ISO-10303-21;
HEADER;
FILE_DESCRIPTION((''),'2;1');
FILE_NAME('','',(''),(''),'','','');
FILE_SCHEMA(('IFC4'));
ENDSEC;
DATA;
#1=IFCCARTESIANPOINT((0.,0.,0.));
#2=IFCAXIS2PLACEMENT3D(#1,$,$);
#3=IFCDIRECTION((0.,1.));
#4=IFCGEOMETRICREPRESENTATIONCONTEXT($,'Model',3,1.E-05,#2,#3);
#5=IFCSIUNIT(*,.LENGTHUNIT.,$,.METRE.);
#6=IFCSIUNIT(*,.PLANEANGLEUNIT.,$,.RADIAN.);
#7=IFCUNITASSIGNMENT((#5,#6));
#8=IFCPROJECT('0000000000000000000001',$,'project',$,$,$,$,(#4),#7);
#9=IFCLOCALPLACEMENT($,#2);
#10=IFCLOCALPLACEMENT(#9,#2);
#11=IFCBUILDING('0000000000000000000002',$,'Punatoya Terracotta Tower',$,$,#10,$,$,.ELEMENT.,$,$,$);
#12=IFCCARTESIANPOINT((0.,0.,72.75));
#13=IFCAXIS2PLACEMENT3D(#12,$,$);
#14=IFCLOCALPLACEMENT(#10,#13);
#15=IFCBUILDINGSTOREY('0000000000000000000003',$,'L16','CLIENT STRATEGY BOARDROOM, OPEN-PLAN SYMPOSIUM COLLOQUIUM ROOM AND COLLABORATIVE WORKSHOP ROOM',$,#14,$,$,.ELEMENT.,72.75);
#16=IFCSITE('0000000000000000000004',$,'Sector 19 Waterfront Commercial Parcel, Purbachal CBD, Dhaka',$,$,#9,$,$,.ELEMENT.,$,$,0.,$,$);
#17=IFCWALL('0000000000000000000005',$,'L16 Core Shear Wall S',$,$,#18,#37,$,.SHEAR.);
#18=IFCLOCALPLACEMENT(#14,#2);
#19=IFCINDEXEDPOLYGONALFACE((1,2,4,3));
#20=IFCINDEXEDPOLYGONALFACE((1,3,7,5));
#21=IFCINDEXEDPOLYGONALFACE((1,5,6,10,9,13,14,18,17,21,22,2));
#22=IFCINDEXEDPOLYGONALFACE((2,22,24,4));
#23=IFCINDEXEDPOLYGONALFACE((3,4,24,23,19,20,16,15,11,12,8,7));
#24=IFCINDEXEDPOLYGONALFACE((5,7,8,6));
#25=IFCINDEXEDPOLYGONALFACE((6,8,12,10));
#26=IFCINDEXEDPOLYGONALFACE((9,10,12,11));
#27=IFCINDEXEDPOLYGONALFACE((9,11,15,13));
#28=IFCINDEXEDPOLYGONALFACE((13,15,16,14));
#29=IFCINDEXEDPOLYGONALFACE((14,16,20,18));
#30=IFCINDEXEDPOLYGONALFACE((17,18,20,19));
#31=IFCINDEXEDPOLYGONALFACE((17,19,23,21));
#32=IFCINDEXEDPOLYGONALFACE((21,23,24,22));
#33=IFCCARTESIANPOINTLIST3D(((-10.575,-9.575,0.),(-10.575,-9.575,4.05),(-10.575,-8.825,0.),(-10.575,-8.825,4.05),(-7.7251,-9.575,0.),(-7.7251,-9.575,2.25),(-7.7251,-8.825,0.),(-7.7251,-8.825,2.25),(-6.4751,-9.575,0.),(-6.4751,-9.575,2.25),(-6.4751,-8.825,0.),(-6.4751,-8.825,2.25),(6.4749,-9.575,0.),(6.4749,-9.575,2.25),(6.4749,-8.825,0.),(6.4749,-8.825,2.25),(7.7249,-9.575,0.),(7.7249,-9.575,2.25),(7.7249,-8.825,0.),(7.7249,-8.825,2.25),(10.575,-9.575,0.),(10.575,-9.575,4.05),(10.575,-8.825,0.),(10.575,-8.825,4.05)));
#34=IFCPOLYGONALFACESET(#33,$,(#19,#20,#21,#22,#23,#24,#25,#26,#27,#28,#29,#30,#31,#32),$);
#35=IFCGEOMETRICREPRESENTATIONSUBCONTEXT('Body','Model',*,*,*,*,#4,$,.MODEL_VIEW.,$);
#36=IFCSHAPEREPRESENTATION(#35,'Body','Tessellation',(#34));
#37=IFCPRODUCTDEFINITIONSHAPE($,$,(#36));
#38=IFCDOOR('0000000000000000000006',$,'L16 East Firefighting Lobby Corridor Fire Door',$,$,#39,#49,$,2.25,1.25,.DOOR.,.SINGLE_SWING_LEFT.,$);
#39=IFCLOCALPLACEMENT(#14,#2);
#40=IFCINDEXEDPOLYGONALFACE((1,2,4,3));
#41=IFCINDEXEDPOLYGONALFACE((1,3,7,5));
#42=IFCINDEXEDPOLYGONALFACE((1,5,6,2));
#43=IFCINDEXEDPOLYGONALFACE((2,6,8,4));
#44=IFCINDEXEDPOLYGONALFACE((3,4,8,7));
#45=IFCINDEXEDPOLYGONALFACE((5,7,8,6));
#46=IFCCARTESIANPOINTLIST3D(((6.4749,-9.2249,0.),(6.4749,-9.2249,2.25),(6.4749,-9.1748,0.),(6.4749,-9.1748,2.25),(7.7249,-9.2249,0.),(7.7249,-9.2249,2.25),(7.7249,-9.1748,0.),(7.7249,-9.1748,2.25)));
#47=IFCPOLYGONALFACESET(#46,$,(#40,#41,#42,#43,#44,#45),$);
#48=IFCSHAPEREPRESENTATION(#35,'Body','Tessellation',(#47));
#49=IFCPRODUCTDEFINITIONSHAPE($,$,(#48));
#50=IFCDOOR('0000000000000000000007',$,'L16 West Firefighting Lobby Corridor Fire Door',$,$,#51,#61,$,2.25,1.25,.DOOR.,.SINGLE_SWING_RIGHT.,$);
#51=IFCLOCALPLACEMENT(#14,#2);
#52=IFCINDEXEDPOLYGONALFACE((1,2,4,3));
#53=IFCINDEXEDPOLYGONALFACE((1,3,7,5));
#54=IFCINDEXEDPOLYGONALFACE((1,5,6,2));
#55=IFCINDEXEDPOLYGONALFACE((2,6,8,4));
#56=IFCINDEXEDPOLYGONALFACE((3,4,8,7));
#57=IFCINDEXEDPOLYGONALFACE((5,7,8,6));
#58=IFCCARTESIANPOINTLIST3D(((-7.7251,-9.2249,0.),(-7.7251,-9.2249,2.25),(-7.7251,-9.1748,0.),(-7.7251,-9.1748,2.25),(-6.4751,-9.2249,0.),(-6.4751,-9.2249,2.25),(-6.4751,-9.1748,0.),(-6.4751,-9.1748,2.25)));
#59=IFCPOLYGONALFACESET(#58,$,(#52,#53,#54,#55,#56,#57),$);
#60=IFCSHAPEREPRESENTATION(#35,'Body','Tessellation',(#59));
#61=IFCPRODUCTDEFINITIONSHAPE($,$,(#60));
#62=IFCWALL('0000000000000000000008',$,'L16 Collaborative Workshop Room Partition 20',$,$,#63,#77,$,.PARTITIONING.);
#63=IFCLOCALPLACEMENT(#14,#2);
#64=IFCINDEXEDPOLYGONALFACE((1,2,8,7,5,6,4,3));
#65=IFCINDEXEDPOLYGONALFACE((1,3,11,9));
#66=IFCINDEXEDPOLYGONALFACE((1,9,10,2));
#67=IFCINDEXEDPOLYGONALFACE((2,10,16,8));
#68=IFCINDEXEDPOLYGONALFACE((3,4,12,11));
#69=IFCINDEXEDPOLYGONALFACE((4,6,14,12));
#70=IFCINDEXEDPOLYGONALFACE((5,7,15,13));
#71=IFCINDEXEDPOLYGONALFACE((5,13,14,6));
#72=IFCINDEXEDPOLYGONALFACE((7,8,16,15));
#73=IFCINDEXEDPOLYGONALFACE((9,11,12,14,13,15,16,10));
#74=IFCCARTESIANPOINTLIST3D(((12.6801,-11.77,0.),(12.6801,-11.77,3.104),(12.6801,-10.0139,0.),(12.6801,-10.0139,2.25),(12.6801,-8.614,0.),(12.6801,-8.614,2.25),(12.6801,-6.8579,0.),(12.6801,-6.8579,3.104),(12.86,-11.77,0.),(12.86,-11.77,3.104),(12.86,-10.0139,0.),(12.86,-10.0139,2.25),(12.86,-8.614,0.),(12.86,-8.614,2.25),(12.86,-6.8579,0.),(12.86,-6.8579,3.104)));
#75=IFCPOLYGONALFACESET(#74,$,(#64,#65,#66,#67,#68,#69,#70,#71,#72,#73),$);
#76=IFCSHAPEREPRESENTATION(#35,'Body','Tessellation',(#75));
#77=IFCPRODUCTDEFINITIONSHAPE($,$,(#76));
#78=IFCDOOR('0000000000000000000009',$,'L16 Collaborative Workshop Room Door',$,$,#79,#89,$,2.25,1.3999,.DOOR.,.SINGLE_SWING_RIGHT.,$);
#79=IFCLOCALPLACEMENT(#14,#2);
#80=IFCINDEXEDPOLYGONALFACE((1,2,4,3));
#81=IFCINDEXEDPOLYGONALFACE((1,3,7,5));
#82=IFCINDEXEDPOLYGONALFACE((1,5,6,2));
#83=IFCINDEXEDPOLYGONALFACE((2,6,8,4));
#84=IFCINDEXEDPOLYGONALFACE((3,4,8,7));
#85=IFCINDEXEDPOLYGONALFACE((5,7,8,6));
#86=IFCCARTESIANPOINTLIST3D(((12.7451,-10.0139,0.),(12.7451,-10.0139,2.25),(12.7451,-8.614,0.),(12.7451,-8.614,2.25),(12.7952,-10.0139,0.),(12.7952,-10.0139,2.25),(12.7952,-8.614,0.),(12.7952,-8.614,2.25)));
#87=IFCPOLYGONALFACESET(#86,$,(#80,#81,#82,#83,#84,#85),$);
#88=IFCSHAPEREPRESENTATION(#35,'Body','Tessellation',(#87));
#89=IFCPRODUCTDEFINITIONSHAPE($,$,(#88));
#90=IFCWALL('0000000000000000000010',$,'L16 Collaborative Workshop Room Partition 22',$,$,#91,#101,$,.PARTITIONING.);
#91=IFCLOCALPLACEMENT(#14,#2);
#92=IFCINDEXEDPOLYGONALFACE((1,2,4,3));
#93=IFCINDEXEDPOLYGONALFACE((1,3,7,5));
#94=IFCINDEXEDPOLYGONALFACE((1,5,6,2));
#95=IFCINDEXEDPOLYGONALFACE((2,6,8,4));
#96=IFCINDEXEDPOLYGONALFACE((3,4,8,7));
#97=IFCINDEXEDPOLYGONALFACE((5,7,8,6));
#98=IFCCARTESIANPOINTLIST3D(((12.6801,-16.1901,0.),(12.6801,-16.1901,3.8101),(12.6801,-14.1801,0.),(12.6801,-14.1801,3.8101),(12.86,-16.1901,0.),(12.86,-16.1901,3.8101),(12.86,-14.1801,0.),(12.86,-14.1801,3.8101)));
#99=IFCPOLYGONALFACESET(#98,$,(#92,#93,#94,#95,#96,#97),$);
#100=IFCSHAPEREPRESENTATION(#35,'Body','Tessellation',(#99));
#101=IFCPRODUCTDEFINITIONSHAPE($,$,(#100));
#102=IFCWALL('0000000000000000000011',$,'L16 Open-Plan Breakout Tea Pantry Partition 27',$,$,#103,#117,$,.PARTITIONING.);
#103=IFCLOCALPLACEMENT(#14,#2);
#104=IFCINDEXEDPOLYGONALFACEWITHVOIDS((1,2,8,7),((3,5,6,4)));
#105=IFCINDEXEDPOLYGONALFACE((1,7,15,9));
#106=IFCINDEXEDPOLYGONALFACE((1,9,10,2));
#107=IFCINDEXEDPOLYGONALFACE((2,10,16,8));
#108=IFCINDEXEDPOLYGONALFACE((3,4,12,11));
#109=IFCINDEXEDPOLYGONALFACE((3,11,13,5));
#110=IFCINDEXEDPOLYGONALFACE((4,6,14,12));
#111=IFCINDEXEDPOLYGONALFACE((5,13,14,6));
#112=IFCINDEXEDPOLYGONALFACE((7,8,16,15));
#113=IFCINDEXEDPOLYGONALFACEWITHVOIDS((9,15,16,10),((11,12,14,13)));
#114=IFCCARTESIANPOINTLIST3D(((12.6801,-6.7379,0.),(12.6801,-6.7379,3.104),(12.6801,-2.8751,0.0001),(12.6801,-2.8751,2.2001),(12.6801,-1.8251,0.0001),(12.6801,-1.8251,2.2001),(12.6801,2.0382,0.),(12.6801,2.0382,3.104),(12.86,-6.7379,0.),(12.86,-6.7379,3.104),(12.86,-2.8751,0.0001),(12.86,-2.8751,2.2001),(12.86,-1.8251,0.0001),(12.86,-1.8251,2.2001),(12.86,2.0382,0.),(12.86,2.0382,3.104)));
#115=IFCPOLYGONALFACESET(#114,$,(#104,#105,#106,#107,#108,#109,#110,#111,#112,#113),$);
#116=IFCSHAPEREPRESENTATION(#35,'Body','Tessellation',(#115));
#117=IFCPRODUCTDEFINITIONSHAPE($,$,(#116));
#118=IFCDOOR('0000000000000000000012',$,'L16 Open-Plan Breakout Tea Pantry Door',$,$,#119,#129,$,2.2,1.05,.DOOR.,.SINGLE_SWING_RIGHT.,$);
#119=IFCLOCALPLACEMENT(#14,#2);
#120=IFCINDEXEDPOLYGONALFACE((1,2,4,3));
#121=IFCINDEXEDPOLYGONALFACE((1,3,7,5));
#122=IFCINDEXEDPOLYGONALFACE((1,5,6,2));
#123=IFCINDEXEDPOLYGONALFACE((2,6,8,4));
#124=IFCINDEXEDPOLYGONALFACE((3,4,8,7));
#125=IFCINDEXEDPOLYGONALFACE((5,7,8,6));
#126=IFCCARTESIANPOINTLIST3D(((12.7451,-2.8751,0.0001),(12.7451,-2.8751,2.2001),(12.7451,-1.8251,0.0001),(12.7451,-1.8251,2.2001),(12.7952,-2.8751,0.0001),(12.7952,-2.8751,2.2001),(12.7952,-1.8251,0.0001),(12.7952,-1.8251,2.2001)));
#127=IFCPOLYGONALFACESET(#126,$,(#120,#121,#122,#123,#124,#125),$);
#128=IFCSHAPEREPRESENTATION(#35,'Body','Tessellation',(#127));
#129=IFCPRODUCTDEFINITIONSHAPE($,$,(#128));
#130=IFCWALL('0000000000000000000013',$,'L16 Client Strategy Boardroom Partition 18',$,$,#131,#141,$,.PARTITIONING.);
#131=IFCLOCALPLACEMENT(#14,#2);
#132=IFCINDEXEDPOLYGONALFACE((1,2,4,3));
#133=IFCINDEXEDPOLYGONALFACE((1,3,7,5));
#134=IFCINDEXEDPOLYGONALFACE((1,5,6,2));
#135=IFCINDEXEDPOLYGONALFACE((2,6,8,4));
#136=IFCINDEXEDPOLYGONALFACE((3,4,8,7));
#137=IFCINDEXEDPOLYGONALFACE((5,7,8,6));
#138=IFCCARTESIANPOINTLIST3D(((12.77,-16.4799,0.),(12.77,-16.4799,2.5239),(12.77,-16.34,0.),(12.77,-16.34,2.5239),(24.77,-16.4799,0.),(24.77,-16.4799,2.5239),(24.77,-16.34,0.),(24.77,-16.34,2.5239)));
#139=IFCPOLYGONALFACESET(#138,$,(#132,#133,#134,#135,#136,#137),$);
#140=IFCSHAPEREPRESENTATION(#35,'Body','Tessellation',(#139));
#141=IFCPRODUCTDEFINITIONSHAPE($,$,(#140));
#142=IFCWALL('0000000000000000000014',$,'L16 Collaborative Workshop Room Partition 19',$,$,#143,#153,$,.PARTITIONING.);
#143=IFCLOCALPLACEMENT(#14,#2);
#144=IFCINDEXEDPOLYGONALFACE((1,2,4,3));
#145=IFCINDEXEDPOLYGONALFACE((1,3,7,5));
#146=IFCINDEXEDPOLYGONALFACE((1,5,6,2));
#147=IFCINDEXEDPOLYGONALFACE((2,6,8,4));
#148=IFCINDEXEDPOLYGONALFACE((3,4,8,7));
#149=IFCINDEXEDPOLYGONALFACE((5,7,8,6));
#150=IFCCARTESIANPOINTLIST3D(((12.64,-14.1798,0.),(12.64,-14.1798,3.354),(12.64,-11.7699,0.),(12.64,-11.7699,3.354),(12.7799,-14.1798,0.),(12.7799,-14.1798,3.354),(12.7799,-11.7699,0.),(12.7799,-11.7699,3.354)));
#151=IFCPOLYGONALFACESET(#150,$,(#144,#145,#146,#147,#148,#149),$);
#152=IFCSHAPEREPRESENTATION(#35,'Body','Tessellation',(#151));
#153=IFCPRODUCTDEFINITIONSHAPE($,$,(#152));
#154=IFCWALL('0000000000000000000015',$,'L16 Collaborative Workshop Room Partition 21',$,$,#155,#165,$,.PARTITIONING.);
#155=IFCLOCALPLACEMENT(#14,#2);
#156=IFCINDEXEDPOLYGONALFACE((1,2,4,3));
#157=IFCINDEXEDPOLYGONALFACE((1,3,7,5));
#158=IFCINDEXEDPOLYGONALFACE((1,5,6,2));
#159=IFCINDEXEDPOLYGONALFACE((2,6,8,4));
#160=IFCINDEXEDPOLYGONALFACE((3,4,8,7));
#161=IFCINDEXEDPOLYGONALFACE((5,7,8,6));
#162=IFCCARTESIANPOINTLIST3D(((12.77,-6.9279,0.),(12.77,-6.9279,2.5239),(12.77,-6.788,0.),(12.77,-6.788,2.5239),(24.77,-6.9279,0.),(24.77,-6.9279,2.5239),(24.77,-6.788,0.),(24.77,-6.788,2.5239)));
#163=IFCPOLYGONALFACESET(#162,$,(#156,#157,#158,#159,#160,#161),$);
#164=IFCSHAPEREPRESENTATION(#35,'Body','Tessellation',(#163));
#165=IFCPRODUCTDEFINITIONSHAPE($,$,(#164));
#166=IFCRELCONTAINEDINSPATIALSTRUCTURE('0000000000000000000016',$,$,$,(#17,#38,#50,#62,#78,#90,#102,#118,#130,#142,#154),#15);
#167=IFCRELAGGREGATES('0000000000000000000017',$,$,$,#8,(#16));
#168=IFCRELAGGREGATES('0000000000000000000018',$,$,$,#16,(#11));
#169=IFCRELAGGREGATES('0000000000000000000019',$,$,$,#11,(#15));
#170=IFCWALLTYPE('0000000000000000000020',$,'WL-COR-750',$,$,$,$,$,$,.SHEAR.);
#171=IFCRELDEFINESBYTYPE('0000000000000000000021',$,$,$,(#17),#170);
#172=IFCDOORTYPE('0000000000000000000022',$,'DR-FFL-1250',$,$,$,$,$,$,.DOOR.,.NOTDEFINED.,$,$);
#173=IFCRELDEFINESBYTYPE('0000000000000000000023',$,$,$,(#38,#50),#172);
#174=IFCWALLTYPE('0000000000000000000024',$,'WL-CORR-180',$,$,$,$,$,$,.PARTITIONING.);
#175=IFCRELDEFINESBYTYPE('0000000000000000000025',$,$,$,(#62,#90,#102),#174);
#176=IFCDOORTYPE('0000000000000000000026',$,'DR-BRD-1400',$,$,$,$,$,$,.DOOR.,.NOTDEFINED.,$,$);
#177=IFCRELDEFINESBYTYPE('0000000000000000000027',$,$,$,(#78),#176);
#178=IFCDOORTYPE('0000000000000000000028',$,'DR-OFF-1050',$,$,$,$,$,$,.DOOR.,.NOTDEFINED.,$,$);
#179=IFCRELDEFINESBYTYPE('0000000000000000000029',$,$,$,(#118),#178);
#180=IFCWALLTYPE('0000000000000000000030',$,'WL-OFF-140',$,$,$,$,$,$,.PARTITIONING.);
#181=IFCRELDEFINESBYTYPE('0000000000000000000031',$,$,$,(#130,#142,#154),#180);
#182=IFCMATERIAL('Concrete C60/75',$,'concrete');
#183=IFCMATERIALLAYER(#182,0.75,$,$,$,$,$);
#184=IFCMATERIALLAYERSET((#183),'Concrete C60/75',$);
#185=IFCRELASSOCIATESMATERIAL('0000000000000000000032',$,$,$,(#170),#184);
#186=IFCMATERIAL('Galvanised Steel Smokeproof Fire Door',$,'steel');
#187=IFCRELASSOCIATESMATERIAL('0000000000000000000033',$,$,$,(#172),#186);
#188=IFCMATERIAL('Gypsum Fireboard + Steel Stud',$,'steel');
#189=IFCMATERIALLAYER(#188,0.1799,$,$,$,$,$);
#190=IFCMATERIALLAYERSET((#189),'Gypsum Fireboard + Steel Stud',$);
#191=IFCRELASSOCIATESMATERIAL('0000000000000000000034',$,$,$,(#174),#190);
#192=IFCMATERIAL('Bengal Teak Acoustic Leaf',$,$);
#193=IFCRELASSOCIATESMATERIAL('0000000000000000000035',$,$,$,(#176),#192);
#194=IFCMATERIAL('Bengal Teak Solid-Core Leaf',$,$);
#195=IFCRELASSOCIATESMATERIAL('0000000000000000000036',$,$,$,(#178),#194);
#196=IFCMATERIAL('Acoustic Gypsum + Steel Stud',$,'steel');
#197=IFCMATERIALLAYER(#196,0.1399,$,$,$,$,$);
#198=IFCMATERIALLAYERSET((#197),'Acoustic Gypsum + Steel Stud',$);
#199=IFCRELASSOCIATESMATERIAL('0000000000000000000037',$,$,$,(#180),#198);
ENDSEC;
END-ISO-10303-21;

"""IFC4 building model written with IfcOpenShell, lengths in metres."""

from ifc_helpers import new_model, si_unit, direction, frame, frame_2d, origin, place, context, subcontext, project, spatial, rectangle, extrude, material, layer, layer_set, type_object, element, fill, save


model = new_model("IFC4")

# Units and contexts
model_context = context("Model", 3, precision=1e-05, world=origin(), true_north=direction((0.0, 1.0)))
body_context = subcontext(model_context, "Body", "Model", "MODEL_VIEW")
ifc_project = project(units=[si_unit("LENGTHUNIT", "METRE"), si_unit("PLANEANGLEUNIT", "RADIAN")], contexts=[model_context])

# Site, building, storey
site_placement = place(None, origin())
site = spatial("IfcSite", under=ifc_project, at=site_placement, Name="Sector 19 Waterfront Commercial Parcel, Purbachal CBD, Dhaka", CompositionType="ELEMENT", RefElevation=0.0)
building_placement = place(site_placement, origin())
building = spatial("IfcBuilding", under=site, at=building_placement, Name="Punatoya Terracotta Tower", CompositionType="ELEMENT")
storey_placement = place(building_placement, frame((0.0, 0.0, 72.75)))
storey = spatial("IfcBuildingStorey", under=building, at=storey_placement, Name="L16", Description="CLIENT STRATEGY BOARDROOM, OPEN-PLAN SYMPOSIUM COLLOQUIUM ROOM AND COLLABORATIVE WORKSHOP ROOM", CompositionType="ELEMENT", Elevation=72.75)

# Wall, openings, doors
ifc_material_1 = material(Name="Concrete C60/75", Category="concrete")
ifc_layer_1 = layer(ifc_material_1, 0.75)
ifc_layer_set_1 = layer_set([ifc_layer_1], Name="Concrete C60/75")
wall_type_1 = type_object("IfcWallType", Name="WL-COR-750", PredefinedType="SHEAR", material=ifc_layer_set_1)
wall_1_placement = place(storey_placement, frame((10.575, -9.2, 0.0), z_axis=(0.0, 0.0, 1.0), x_axis=(-1.0, 0.0, 0.0)))
wall_1 = element("IfcWall", 1, at=wall_1_placement, inside=storey, type_object=wall_type_1, Name="L16 Core Shear Wall S", PredefinedType="SHEAR", context=body_context, shape_type="SweptSolid", body=[
    extrude(rectangle(XDim=21.1499, YDim=0.75, at=frame_2d((10.575, 0.0))), origin(), (0.0, 0.0, 1.0), 4.05),
])
opening_1_placement = place(wall_1_placement, frame((2.8501, 0.0, 0.0)))
opening_1 = element("IfcOpeningElement", 2, at=opening_1_placement, cuts=wall_1, PredefinedType="OPENING", context=body_context, shape_type="SweptSolid", body=[
    extrude(rectangle(XDim=1.25, YDim=2.25, at=frame_2d((0.625, 1.125))), frame((0.0, 0.385, 0.0), z_axis=(0.0, -1.0, 0.0), x_axis=(1.0, 0.0, 0.0)), (0.0, 0.0, 1.0), 0.77),
])
opening_2_placement = place(wall_1_placement, frame((17.05, 0.0, 0.0)))
opening_2 = element("IfcOpeningElement", 3, at=opening_2_placement, cuts=wall_1, PredefinedType="OPENING", context=body_context, shape_type="SweptSolid", body=[
    extrude(rectangle(XDim=1.25, YDim=2.25, at=frame_2d((0.625, 1.125))), frame((0.0, 0.385, 0.0), z_axis=(0.0, -1.0, 0.0), x_axis=(1.0, 0.0, 0.0)), (0.0, 0.0, 1.0), 0.77),
])
ifc_material_2 = material(Name="Galvanised Steel Smokeproof Fire Door", Category="steel")
door_type_1 = type_object("IfcDoorType", Name="DR-FFL-1250", OperationType="NOTDEFINED", PredefinedType="DOOR", material=ifc_material_2)
door_1_placement = place(opening_1_placement, origin())
door_1 = element("IfcDoor", 4, at=door_1_placement, inside=storey, type_object=door_type_1, Name="L16 East Firefighting Lobby Corridor Fire Door", OperationType="SINGLE_SWING_LEFT", OverallHeight=2.25, OverallWidth=1.25, PredefinedType="DOOR", context=body_context, shape_type="SweptSolid", body=[
    extrude(rectangle(XDim=1.25, YDim=2.25, at=frame_2d((0.625, 1.125))), frame((0.0, 0.0249, 0.0), z_axis=(0.0, -1.0, 0.0), x_axis=(1.0, 0.0, 0.0)), (0.0, 0.0, 1.0), 0.05),
])
fill(opening_1, door_1)
door_2_placement = place(opening_2_placement, origin())
door_2 = element("IfcDoor", 5, at=door_2_placement, inside=storey, type_object=door_type_1, Name="L16 West Firefighting Lobby Corridor Fire Door", OperationType="SINGLE_SWING_RIGHT", OverallHeight=2.25, OverallWidth=1.25, PredefinedType="DOOR", context=body_context, shape_type="SweptSolid", body=[
    extrude(rectangle(XDim=1.25, YDim=2.25, at=frame_2d((0.625, 1.125))), frame((0.0, 0.0249, 0.0), z_axis=(0.0, -1.0, 0.0), x_axis=(1.0, 0.0, 0.0)), (0.0, 0.0, 1.0), 0.05),
])
fill(opening_2, door_2)

# Wall, opening, door
ifc_material_3 = material(Name="Gypsum Fireboard + Steel Stud", Category="steel")
ifc_layer_2 = layer(ifc_material_3, 0.1799)
ifc_layer_set_2 = layer_set([ifc_layer_2], Name="Gypsum Fireboard + Steel Stud")
wall_type_2 = type_object("IfcWallType", Name="WL-CORR-180", PredefinedType="PARTITIONING", material=ifc_layer_set_2)
wall_2_placement = place(storey_placement, frame((12.77, -11.77, 0.0), z_axis=(0.0, 0.0, 1.0), x_axis=(0.0, 1.0, 0.0)))
wall_2 = element("IfcWall", 6, at=wall_2_placement, inside=storey, type_object=wall_type_2, Name="L16 Collaborative Workshop Room Partition 20", PredefinedType="PARTITIONING", context=body_context, shape_type="SweptSolid", body=[
    extrude(rectangle(XDim=4.9121, YDim=0.1799, at=frame_2d((2.4561, 0.0))), origin(), (0.0, 0.0, 1.0), 3.104),
])
opening_3_placement = place(wall_2_placement, frame((1.7561, 0.0, 0.0)))
opening_3 = element("IfcOpeningElement", 7, at=opening_3_placement, cuts=wall_2, PredefinedType="OPENING", context=body_context, shape_type="SweptSolid", body=[
    extrude(rectangle(XDim=1.3999, YDim=2.25, at=frame_2d((0.7, 1.125))), frame((0.0, 0.0999, 0.0), z_axis=(0.0, -1.0, 0.0), x_axis=(1.0, 0.0, 0.0)), (0.0, 0.0, 1.0), 0.2),
])
ifc_material_4 = material(Name="Bengal Teak Acoustic Leaf")
door_type_2 = type_object("IfcDoorType", Name="DR-BRD-1400", OperationType="NOTDEFINED", PredefinedType="DOOR", material=ifc_material_4)
door_3_placement = place(opening_3_placement, origin())
door_3 = element("IfcDoor", 8, at=door_3_placement, inside=storey, type_object=door_type_2, Name="L16 Collaborative Workshop Room Door", OperationType="SINGLE_SWING_RIGHT", OverallHeight=2.25, OverallWidth=1.3999, PredefinedType="DOOR", context=body_context, shape_type="SweptSolid", body=[
    extrude(rectangle(XDim=1.3999, YDim=2.25, at=frame_2d((0.7, 1.125))), frame((0.0, 0.0249, 0.0), z_axis=(0.0, -1.0, 0.0), x_axis=(1.0, 0.0, 0.0)), (0.0, 0.0, 1.0), 0.05),
])
fill(opening_3, door_3)

# Wall
wall_3_placement = place(storey_placement, frame((12.77, -16.1899, 0.0), z_axis=(0.0, 0.0, 1.0), x_axis=(0.0, 1.0, 0.0)))
element("IfcWall", 9, at=wall_3_placement, inside=storey, type_object=wall_type_2, Name="L16 Collaborative Workshop Room Partition 22", PredefinedType="PARTITIONING", context=body_context, shape_type="SweptSolid", body=[
    extrude(rectangle(XDim=2.01, YDim=0.1799, at=frame_2d((1.0049, 0.0))), origin(), (0.0, 0.0, 1.0), 3.8101),
])

# Wall, opening, door
wall_4_placement = place(storey_placement, frame((12.77, -6.738, 0.0), z_axis=(0.0, 0.0, 1.0), x_axis=(0.0, 1.0, 0.0)))
wall_4 = element("IfcWall", 10, at=wall_4_placement, inside=storey, type_object=wall_type_2, Name="L16 Open-Plan Breakout Tea Pantry Partition 27", PredefinedType="PARTITIONING", context=body_context, shape_type="SweptSolid", body=[
    extrude(rectangle(XDim=8.7761, YDim=0.1799, at=frame_2d((4.3882, 0.0))), origin(), (0.0, 0.0, 1.0), 3.104),
])
opening_4_placement = place(wall_4_placement, frame((3.863, 0.0, 0.0)))
opening_4 = element("IfcOpeningElement", 11, at=opening_4_placement, cuts=wall_4, PredefinedType="OPENING", context=body_context, shape_type="SweptSolid", body=[
    extrude(rectangle(XDim=1.05, YDim=2.2, at=frame_2d((0.5249, 1.1001))), frame((0.0, 0.0999, 0.0), z_axis=(0.0, -1.0, 0.0), x_axis=(1.0, 0.0, 0.0)), (0.0, 0.0, 1.0), 0.2),
])
ifc_material_5 = material(Name="Bengal Teak Solid-Core Leaf")
door_type_3 = type_object("IfcDoorType", Name="DR-OFF-1050", OperationType="NOTDEFINED", PredefinedType="DOOR", material=ifc_material_5)
door_4_placement = place(opening_4_placement, origin())
door_4 = element("IfcDoor", 12, at=door_4_placement, inside=storey, type_object=door_type_3, Name="L16 Open-Plan Breakout Tea Pantry Door", OperationType="SINGLE_SWING_RIGHT", OverallHeight=2.2, OverallWidth=1.05, PredefinedType="DOOR", context=body_context, shape_type="SweptSolid", body=[
    extrude(rectangle(XDim=1.05, YDim=2.2, at=frame_2d((0.5249, 1.1001))), frame((0.0, 0.0249, 0.0), z_axis=(0.0, -1.0, 0.0), x_axis=(1.0, 0.0, 0.0)), (0.0, 0.0, 1.0), 0.05),
])
fill(opening_4, door_4)

# Walls
ifc_material_6 = material(Name="Acoustic Gypsum + Steel Stud", Category="steel")
ifc_layer_3 = layer(ifc_material_6, 0.1399)
ifc_layer_set_3 = layer_set([ifc_layer_3], Name="Acoustic Gypsum + Steel Stud")
wall_type_3 = type_object("IfcWallType", Name="WL-OFF-140", PredefinedType="PARTITIONING", material=ifc_layer_set_3)
wall_5_placement = place(storey_placement, frame((12.77, -16.4099, 0.0), z_axis=(0.0, 0.0, 1.0), x_axis=(1.0, 0.0, 0.0)))
element("IfcWall", 13, at=wall_5_placement, inside=storey, type_object=wall_type_3, Name="L16 Client Strategy Boardroom Partition 18", PredefinedType="PARTITIONING", context=body_context, shape_type="SweptSolid", body=[
    extrude(rectangle(XDim=12.0, YDim=0.1399, at=frame_2d((6.0, 0.0))), origin(), (0.0, 0.0, 1.0), 2.5239),
])
wall_6_placement = place(storey_placement, frame((12.71, -14.1799, 0.0), z_axis=(0.0, 0.0, 1.0), x_axis=(0.0, 1.0, 0.0)))
element("IfcWall", 14, at=wall_6_placement, inside=storey, type_object=wall_type_3, Name="L16 Collaborative Workshop Room Partition 19", PredefinedType="PARTITIONING", context=body_context, shape_type="SweptSolid", body=[
    extrude(rectangle(XDim=2.4099, YDim=0.1399, at=frame_2d((1.2051, 0.0))), origin(), (0.0, 0.0, 1.0), 3.354),
])
wall_7_placement = place(storey_placement, frame((12.77, -6.8579, 0.0), z_axis=(0.0, 0.0, 1.0), x_axis=(1.0, 0.0, 0.0)))
element("IfcWall", 15, at=wall_7_placement, inside=storey, type_object=wall_type_3, Name="L16 Collaborative Workshop Room Partition 21", PredefinedType="PARTITIONING", context=body_context, shape_type="SweptSolid", body=[
    extrude(rectangle(XDim=12.0, YDim=0.1399, at=frame_2d((6.0, 0.0))), origin(), (0.0, 0.0, 1.0), 2.5239),
])

save(model, "model.ifc")
